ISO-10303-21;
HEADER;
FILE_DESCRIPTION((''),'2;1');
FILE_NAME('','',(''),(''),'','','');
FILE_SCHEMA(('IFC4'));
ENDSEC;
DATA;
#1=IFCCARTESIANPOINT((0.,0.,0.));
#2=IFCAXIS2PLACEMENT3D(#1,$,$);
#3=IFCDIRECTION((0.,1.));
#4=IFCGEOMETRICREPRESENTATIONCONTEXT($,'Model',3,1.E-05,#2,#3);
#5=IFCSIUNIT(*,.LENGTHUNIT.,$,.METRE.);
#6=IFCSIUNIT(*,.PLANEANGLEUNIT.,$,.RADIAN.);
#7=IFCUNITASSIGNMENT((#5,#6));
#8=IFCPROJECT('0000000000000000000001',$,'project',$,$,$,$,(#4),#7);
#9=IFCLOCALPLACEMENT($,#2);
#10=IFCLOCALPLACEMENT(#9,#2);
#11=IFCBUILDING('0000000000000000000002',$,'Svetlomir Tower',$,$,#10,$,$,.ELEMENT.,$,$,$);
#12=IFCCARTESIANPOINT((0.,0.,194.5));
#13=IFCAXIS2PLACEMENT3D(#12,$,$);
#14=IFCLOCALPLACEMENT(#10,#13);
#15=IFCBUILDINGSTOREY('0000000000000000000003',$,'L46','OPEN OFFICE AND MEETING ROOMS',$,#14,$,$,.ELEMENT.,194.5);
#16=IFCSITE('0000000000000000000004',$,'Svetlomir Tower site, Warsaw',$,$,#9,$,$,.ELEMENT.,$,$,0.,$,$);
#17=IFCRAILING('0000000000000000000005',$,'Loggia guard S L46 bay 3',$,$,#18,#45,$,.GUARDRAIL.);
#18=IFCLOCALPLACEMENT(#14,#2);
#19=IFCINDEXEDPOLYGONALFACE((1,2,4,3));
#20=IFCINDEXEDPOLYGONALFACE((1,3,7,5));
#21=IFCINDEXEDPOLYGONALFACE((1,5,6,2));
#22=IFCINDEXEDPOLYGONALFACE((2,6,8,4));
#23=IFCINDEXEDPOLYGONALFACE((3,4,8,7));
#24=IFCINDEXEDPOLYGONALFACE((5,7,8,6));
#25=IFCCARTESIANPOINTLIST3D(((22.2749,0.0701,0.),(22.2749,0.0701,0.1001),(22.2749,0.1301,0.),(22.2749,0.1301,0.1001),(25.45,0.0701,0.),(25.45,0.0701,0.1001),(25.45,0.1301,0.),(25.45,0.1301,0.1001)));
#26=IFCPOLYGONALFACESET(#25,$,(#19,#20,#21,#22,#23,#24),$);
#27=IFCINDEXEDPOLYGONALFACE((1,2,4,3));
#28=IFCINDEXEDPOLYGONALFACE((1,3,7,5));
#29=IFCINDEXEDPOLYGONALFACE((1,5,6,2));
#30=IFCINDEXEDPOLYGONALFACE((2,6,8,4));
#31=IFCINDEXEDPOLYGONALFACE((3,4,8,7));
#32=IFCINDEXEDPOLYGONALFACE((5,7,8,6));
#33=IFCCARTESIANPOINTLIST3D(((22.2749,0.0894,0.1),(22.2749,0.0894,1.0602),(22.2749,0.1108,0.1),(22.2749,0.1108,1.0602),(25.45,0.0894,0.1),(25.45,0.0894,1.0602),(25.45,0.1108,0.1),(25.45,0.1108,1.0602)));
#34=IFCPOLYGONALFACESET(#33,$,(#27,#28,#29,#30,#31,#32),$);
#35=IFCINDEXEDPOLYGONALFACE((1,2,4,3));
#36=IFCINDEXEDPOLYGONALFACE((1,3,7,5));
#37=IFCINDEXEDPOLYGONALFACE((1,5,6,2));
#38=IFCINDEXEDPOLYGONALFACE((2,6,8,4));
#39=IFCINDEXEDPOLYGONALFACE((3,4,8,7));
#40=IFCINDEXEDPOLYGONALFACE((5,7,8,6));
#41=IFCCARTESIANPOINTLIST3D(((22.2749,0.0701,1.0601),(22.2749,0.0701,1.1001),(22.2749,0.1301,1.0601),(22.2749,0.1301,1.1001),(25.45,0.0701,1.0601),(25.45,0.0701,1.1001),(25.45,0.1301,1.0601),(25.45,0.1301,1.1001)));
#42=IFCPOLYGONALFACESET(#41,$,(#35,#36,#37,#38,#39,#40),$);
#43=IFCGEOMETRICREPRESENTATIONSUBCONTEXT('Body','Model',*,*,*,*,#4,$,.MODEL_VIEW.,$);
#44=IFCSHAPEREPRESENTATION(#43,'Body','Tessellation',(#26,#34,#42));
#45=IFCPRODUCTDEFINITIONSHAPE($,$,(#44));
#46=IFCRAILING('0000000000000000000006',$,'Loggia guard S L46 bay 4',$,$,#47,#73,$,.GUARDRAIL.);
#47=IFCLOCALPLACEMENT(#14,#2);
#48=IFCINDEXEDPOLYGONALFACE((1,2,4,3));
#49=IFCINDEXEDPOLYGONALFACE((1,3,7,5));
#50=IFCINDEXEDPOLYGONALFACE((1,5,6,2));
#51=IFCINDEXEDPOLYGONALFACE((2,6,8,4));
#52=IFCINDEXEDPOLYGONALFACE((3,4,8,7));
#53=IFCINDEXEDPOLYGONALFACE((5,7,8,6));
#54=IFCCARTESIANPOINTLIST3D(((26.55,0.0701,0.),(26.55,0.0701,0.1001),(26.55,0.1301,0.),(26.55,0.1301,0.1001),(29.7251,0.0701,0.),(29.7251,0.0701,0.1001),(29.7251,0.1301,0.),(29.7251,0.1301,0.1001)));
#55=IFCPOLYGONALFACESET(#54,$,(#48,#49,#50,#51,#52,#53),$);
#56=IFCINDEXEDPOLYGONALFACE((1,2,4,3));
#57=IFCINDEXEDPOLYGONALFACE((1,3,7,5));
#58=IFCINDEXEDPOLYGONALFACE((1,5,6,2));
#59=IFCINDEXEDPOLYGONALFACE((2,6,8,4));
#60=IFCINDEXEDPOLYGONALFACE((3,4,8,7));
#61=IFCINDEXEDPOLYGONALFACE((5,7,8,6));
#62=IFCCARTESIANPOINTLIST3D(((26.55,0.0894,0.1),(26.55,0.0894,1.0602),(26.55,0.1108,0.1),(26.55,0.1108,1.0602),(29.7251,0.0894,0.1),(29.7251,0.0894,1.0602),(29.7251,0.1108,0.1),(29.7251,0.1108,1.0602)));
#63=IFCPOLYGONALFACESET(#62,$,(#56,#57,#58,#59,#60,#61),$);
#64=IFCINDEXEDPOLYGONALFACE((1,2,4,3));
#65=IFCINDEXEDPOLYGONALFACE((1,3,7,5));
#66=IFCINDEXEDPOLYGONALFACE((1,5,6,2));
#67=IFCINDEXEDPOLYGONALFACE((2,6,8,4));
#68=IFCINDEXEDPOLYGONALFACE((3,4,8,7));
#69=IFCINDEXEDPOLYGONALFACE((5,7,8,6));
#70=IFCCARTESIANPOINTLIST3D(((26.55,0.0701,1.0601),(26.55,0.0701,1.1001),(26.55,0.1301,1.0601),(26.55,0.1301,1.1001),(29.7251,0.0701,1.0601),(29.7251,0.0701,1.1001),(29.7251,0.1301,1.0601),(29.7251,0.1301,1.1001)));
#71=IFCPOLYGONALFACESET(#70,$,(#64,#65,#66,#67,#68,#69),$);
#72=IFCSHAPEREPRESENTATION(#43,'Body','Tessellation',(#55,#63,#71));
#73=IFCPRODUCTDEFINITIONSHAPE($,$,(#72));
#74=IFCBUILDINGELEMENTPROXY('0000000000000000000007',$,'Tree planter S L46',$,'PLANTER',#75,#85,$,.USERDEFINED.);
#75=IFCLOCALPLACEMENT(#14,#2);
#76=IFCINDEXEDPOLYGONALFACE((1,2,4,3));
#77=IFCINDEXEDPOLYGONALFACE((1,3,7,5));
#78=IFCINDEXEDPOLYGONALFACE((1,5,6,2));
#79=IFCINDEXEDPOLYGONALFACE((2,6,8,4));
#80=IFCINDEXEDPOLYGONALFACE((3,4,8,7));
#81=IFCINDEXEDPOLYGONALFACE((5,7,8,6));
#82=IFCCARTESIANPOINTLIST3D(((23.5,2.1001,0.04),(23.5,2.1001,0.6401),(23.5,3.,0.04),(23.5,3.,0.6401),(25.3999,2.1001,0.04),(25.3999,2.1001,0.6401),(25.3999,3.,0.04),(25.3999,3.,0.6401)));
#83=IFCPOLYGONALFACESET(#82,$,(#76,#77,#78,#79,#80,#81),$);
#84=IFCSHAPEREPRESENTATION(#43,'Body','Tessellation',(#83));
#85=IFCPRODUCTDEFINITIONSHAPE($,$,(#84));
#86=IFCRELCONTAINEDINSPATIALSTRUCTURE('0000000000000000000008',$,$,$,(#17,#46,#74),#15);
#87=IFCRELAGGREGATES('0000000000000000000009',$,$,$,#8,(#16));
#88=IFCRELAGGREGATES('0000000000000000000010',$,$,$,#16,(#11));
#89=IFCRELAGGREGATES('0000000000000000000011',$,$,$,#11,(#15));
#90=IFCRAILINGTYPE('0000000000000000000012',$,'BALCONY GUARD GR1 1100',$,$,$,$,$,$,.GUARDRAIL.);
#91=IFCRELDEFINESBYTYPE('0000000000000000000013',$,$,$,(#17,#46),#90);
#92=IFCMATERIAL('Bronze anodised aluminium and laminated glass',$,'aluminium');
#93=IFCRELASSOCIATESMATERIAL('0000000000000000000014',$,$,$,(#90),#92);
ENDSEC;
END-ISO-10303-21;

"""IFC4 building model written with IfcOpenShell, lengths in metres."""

from ifc_helpers import new_model, si_unit, direction, frame, origin, origin_2d, place, context, subcontext, project, spatial, rectangle, extrude, material, type_object, element, save


model = new_model("IFC4")

# Units and contexts
model_context = context("Model", 3, precision=1e-05, world=origin(), true_north=direction((0.0, 1.0)))
body_context = subcontext(model_context, "Body", "Model", "MODEL_VIEW")
ifc_project = project(units=[si_unit("LENGTHUNIT", "METRE"), si_unit("PLANEANGLEUNIT", "RADIAN")], contexts=[model_context])

# Site, building, storey
site_placement = place(None, origin())
site = spatial("IfcSite", under=ifc_project, at=site_placement, Name="Svetlomir Tower site, Warsaw", CompositionType="ELEMENT", RefElevation=0.0)
building_placement = place(site_placement, origin())
building = spatial("IfcBuilding", under=site, at=building_placement, Name="Svetlomir Tower", CompositionType="ELEMENT")
storey_placement = place(building_placement, frame((0.0, 0.0, 194.5)))
storey = spatial("IfcBuildingStorey", under=building, at=storey_placement, Name="L46", Description="OPEN OFFICE AND MEETING ROOMS", CompositionType="ELEMENT", Elevation=194.5)

# Railings
ifc_material_1 = material(Name="Bronze anodised aluminium and laminated glass", Category="aluminium")
railing_type = type_object("IfcRailingType", Name="BALCONY GUARD GR1 1100", PredefinedType="GUARDRAIL", material=ifc_material_1)
for number, where, name in (
    (1, (22.2749, 0.1001, 0.0), "Loggia guard S L46 bay 3"),
    (2, (26.55, 0.1001, 0.0), "Loggia guard S L46 bay 4"),
):
    element("IfcRailing", number, at=place(storey_placement, frame(where)), inside=storey, type_object=railing_type, Name=name, PredefinedType="GUARDRAIL", context=body_context, shape_type="SweptSolid", body=[
        extrude(rectangle(XDim=0.0601, YDim=0.1001, at=origin_2d()), frame((0.0, 0.0, 0.05), z_axis=(1.0, 0.0, 0.0), x_axis=(0.0, 1.0, 0.0)), (0.0, 0.0, 1.0), 3.175),
        extrude(rectangle(XDim=0.0215, YDim=0.9602, at=origin_2d()), frame((0.0, 0.0, 0.5801), z_axis=(1.0, 0.0, 0.0), x_axis=(0.0, 1.0, 0.0)), (0.0, 0.0, 1.0), 3.175),
        extrude(rectangle(XDim=0.0601, YDim=0.04, at=origin_2d()), frame((0.0, 0.0, 1.0801), z_axis=(1.0, 0.0, 0.0), x_axis=(0.0, 1.0, 0.0)), (0.0, 0.0, 1.0), 3.175),
    ])

# Building element proxy
proxy_placement = place(storey_placement, frame((24.45, 2.55, 0.04), z_axis=(0.0, 0.0, 1.0), x_axis=(1.0, 0.0, 0.0)))
element("IfcBuildingElementProxy", 3, at=proxy_placement, inside=storey, Name="Tree planter S L46", ObjectType="PLANTER", PredefinedType="USERDEFINED", context=body_context, shape_type="SweptSolid", body=[
    extrude(rectangle(XDim=1.8999, YDim=0.8999, at=origin_2d()), origin(), (0.0, 0.0, 1.0), 0.6001),
])

save(model, "model.ifc")
